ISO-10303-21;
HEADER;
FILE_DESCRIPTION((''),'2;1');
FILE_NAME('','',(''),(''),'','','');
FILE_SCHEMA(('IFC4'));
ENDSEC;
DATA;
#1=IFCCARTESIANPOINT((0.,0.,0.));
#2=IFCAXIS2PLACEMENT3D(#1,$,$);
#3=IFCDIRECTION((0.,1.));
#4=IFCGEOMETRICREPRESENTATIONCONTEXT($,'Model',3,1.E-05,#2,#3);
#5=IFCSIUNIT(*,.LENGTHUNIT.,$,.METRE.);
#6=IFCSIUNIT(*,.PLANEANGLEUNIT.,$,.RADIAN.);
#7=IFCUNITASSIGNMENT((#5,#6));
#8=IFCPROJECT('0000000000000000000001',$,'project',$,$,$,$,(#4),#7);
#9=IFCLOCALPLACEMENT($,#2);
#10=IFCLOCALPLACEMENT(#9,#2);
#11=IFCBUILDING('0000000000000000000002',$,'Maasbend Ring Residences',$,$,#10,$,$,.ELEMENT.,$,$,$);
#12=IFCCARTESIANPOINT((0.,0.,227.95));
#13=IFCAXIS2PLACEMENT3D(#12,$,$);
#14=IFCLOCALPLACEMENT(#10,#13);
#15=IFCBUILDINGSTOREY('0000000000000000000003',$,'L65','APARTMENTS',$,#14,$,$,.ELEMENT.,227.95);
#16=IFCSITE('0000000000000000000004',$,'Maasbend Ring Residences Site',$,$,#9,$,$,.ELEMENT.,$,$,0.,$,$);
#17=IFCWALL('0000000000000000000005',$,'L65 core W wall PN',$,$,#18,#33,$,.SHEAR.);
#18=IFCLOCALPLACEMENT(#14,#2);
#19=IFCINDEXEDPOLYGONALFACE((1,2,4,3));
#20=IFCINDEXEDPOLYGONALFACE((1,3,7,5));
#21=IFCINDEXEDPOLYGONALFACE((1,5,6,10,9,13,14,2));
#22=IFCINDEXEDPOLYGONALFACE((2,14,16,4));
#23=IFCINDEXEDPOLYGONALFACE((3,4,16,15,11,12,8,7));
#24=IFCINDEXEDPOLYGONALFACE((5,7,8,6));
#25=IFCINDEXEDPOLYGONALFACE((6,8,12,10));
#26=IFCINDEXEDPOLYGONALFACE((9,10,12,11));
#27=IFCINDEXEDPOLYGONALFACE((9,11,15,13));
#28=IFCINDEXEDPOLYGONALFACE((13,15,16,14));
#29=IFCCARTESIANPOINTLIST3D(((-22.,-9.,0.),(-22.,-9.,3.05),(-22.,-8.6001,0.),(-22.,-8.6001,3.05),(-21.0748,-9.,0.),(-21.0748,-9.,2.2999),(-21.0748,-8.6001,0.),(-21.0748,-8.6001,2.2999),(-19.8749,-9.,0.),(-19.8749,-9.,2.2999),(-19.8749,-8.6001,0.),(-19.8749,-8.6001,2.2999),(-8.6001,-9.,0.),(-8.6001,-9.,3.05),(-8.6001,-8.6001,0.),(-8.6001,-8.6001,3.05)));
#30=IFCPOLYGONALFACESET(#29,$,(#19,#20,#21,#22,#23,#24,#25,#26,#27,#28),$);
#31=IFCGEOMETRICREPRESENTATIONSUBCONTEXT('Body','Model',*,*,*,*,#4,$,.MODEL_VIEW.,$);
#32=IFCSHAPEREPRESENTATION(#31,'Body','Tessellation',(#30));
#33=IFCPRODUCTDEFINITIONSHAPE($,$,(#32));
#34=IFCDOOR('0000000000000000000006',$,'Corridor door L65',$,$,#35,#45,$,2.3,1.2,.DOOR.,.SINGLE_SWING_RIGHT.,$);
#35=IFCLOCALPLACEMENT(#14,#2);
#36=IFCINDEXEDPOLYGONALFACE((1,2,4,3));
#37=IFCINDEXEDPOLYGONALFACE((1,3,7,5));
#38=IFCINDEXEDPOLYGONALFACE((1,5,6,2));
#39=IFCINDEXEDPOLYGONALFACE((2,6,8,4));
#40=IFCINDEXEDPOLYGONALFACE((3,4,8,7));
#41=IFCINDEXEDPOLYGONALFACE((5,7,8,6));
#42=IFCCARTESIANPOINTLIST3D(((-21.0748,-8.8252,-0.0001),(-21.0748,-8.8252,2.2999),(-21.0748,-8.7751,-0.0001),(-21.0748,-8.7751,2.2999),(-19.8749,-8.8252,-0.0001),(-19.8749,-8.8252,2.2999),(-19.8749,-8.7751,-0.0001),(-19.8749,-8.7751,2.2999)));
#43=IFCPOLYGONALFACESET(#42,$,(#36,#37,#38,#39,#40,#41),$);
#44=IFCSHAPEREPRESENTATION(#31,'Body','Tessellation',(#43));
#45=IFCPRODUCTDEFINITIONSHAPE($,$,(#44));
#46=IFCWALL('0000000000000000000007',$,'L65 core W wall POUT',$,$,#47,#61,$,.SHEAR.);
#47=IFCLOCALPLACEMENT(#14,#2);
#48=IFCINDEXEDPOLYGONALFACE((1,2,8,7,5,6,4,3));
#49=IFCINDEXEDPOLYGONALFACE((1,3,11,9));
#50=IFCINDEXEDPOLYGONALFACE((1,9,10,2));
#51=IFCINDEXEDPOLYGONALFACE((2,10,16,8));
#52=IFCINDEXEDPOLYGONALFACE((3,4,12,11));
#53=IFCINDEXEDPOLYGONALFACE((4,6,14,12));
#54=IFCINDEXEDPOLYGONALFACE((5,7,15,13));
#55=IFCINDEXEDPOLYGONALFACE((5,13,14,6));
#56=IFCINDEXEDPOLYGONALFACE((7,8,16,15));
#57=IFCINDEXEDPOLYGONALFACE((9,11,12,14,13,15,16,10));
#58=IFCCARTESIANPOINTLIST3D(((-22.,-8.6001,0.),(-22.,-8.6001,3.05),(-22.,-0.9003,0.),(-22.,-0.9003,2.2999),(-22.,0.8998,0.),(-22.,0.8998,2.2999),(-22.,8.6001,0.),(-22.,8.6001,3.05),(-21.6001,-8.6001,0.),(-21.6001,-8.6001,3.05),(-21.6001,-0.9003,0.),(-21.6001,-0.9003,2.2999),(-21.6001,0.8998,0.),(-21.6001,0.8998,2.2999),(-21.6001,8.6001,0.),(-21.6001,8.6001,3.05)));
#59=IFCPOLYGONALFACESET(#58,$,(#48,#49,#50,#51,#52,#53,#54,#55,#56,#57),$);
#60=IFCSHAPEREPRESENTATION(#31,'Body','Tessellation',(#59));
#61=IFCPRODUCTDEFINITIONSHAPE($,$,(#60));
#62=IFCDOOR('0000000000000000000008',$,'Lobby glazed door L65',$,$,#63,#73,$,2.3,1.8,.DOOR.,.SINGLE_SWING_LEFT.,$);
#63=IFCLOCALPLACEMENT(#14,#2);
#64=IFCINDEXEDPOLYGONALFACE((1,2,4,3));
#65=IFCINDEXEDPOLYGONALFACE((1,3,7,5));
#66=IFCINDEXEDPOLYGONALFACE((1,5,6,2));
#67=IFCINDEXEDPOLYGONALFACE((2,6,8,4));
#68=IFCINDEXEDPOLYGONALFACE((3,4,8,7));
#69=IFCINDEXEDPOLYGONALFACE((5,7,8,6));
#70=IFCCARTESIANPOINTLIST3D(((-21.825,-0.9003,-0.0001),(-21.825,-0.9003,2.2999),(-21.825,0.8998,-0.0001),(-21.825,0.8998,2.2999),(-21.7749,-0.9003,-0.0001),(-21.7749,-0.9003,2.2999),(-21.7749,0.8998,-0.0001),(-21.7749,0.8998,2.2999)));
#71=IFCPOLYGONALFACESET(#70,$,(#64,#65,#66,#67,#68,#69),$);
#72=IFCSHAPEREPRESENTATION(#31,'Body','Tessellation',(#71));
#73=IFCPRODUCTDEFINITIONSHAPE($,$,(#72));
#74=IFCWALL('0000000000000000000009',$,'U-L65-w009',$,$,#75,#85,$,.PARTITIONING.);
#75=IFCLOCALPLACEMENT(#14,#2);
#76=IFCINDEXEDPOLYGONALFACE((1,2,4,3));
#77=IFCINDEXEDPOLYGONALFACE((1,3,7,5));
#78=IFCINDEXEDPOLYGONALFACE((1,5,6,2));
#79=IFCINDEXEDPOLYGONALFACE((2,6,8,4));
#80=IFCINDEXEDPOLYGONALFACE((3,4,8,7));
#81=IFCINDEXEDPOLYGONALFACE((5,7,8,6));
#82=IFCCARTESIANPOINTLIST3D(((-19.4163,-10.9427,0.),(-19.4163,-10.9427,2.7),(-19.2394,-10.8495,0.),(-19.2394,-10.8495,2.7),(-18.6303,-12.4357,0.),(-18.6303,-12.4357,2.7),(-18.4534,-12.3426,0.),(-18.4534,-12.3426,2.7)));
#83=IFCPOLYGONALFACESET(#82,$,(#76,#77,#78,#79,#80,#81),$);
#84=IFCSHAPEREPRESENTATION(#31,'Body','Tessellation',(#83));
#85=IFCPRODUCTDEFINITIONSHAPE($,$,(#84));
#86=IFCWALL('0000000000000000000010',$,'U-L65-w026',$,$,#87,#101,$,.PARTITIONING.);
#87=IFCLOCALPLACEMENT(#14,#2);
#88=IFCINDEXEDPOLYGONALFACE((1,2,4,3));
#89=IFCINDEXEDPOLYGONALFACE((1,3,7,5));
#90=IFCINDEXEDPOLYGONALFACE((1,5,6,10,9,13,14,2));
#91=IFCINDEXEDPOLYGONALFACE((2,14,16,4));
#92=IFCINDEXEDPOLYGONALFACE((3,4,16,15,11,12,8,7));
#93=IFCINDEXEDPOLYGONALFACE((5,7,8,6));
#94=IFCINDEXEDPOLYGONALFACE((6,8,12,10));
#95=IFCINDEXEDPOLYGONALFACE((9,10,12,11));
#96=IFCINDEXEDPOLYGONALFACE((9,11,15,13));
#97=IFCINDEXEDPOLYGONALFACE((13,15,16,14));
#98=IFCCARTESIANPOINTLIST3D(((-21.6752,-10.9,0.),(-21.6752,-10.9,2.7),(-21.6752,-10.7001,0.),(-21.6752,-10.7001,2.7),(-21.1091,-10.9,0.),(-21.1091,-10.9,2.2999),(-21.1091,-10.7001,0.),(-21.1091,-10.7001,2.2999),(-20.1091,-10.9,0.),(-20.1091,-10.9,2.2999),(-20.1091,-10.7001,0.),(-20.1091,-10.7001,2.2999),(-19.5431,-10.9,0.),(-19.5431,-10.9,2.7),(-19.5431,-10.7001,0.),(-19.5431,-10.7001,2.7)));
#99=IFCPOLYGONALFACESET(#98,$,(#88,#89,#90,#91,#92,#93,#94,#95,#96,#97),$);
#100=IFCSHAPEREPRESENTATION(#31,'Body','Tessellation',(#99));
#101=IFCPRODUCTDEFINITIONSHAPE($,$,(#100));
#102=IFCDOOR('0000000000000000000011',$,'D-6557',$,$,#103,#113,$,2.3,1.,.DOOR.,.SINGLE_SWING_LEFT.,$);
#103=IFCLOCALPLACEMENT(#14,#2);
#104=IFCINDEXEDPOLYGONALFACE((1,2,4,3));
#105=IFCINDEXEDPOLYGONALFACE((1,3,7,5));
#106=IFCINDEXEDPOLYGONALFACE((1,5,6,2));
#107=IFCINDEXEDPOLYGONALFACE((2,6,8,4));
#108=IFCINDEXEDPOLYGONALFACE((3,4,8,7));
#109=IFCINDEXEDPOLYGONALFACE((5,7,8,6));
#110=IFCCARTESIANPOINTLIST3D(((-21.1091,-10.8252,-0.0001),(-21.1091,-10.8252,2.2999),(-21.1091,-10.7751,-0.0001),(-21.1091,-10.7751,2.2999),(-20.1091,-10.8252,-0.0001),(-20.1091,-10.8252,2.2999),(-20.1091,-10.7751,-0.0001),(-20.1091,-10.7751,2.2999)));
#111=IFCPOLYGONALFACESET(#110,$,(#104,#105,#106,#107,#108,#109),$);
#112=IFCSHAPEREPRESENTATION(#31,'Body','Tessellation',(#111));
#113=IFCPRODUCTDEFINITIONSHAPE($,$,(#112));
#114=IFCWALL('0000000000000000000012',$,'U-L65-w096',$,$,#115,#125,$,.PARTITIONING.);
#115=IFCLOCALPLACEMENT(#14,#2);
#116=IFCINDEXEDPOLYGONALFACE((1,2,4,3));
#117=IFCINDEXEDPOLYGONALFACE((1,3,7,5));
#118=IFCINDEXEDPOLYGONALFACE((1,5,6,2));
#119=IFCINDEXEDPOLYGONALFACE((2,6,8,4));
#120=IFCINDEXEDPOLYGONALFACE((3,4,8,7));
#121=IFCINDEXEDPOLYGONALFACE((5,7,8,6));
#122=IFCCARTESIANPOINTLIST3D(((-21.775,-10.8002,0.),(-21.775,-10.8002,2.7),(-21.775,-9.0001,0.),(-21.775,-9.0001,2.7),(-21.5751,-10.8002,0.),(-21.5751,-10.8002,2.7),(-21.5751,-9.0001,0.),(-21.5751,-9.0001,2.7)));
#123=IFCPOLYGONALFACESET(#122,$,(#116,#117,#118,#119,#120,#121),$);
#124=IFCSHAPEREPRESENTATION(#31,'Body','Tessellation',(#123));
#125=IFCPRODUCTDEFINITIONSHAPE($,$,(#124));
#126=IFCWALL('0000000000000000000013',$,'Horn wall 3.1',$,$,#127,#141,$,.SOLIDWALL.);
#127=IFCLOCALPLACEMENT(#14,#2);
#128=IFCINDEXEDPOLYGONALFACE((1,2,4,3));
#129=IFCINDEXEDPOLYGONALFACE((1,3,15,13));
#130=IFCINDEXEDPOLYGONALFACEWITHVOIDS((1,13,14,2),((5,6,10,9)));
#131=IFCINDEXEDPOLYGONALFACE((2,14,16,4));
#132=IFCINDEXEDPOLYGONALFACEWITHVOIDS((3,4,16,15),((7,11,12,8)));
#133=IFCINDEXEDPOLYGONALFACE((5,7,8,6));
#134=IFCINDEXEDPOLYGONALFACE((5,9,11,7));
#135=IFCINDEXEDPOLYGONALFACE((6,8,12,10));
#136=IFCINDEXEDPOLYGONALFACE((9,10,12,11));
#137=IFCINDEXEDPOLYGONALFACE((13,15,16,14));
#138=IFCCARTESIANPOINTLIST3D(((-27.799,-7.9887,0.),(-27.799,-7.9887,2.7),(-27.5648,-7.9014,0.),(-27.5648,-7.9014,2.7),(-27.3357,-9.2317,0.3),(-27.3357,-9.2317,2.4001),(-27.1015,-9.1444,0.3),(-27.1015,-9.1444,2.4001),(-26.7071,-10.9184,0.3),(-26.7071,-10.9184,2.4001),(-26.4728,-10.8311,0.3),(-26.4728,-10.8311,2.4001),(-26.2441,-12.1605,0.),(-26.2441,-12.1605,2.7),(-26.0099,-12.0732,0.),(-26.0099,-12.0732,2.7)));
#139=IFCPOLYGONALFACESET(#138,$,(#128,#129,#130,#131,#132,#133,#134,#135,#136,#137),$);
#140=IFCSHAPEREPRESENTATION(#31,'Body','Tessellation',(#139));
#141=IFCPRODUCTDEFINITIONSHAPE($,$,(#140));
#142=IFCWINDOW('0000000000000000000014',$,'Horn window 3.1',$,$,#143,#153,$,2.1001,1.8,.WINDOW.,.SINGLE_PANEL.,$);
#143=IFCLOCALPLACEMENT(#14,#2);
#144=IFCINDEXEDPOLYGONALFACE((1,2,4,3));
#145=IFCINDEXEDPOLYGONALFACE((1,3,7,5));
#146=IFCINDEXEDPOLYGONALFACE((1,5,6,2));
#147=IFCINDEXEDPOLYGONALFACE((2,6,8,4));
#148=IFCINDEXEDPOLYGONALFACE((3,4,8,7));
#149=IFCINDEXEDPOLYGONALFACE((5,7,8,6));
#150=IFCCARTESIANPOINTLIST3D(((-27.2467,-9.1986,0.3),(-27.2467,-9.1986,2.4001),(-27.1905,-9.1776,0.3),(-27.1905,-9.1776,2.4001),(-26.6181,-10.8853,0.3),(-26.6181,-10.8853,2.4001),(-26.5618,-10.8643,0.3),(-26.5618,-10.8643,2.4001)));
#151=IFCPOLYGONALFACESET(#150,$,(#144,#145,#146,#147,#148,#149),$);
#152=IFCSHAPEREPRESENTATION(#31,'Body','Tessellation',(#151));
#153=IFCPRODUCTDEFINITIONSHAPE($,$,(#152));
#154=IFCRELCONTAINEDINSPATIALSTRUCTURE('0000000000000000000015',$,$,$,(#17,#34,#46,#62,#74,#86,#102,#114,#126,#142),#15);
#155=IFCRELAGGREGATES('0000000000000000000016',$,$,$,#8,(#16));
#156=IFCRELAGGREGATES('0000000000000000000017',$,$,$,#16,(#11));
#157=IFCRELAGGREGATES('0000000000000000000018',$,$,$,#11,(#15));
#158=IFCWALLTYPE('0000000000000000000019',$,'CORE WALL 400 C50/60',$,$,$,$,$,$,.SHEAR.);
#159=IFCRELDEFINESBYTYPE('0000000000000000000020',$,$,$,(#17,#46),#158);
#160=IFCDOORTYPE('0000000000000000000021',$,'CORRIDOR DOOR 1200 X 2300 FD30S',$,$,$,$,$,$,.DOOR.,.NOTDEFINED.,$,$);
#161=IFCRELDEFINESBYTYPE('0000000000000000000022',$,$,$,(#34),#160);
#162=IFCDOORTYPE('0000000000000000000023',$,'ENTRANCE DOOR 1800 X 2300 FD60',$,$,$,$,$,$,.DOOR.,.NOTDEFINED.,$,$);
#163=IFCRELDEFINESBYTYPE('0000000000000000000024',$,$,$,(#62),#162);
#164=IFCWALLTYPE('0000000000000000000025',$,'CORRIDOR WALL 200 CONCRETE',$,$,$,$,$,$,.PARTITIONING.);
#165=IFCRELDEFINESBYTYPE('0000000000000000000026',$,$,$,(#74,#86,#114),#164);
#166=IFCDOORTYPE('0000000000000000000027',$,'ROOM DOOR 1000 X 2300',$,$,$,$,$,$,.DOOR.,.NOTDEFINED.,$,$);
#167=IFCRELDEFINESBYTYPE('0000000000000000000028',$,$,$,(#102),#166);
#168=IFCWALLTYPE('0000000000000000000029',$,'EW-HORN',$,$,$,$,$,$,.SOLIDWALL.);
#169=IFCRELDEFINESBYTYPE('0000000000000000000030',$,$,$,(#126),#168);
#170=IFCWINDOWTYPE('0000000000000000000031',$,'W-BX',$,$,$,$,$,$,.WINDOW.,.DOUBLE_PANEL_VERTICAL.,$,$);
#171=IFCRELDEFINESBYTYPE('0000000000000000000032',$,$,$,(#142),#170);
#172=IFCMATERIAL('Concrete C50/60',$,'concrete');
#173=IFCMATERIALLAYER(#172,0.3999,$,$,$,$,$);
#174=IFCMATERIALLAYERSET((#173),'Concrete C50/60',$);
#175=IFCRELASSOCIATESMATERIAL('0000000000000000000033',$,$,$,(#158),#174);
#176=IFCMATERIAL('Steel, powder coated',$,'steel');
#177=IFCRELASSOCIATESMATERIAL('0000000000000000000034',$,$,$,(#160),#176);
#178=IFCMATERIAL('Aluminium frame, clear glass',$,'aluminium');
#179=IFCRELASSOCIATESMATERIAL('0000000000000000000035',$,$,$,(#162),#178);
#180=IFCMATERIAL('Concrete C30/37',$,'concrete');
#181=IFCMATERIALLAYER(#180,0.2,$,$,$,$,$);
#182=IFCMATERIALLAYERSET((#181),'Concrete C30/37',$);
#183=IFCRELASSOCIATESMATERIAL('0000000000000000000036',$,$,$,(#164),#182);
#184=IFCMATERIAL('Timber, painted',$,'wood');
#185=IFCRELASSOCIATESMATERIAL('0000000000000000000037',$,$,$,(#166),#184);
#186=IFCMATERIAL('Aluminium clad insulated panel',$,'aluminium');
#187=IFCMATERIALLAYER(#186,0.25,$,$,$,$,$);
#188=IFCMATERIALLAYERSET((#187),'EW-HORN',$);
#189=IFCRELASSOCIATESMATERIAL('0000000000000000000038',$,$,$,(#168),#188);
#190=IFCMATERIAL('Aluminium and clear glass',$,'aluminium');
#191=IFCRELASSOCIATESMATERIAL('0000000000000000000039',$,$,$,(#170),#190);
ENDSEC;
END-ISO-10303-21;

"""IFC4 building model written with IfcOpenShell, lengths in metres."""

from ifc_helpers import new_model, si_unit, direction, frame, frame_2d, origin, place, context, subcontext, project, spatial, rectangle, extrude, material, layer, layer_set, type_object, element, fill, save


model = new_model("IFC4")

# Units and contexts
model_context = context("Model", 3, precision=1e-05, world=origin(), true_north=direction((0.0, 1.0)))
body_context = subcontext(model_context, "Body", "Model", "MODEL_VIEW")
ifc_project = project(units=[si_unit("LENGTHUNIT", "METRE"), si_unit("PLANEANGLEUNIT", "RADIAN")], contexts=[model_context])

# Site, building, storey
site_placement = place(None, origin())
site = spatial("IfcSite", under=ifc_project, at=site_placement, Name="Maasbend Ring Residences Site", CompositionType="ELEMENT", RefElevation=0.0)
building_placement = place(site_placement, origin())
building = spatial("IfcBuilding", under=site, at=building_placement, Name="Maasbend Ring Residences", CompositionType="ELEMENT")
storey_placement = place(building_placement, frame((0.0, 0.0, 227.95)))
storey = spatial("IfcBuildingStorey", under=building, at=storey_placement, Name="L65", Description="APARTMENTS", CompositionType="ELEMENT", Elevation=227.95)

# Walls, openings, doors
ifc_material_1 = material(Name="Concrete C50/60", Category="concrete")
ifc_layer_1 = layer(ifc_material_1, 0.3999)
ifc_layer_set_1 = layer_set([ifc_layer_1], Name="Concrete C50/60")
wall_type_1 = type_object("IfcWallType", Name="CORE WALL 400 C50/60", PredefinedType="SHEAR", material=ifc_layer_set_1)
wall_1_placement = place(storey_placement, frame((-22.0, -8.8, 0.0), z_axis=(0.0, 0.0, 1.0), x_axis=(1.0, 0.0, 0.0)))
wall_1 = element("IfcWall", 1, at=wall_1_placement, inside=storey, type_object=wall_type_1, Name="L65 core W wall PN", PredefinedType="SHEAR", context=body_context, shape_type="SweptSolid", body=[
    extrude(rectangle(XDim=13.3999, YDim=0.3999, at=frame_2d((6.7, 0.0))), origin(), (0.0, 0.0, 1.0), 3.05),
])
opening_1_placement = place(wall_1_placement, frame((0.925, 0.0, 0.0)))
opening_1 = element("IfcOpeningElement", 2, at=opening_1_placement, cuts=wall_1, PredefinedType="OPENING", context=body_context, shape_type="SweptSolid", body=[
    extrude(rectangle(XDim=1.2, YDim=2.3, at=frame_2d((0.6001, 1.1499))), frame((0.0, 0.21, 0.0), z_axis=(0.0, -1.0, 0.0), x_axis=(1.0, 0.0, 0.0)), (0.0, 0.0, 1.0), 0.4199),
])
ifc_material_2 = material(Name="Steel, powder coated", Category="steel")
door_type_1 = type_object("IfcDoorType", Name="CORRIDOR DOOR 1200 X 2300 FD30S", OperationType="NOTDEFINED", PredefinedType="DOOR", material=ifc_material_2)
door_1_placement = place(opening_1_placement, origin())
door_1 = element("IfcDoor", 3, at=door_1_placement, inside=storey, type_object=door_type_1, Name="Corridor door L65", OperationType="SINGLE_SWING_RIGHT", OverallHeight=2.3, OverallWidth=1.2, PredefinedType="DOOR", context=body_context, shape_type="SweptSolid", body=[
    extrude(rectangle(XDim=1.2, YDim=2.3, at=frame_2d((0.6001, 1.1499))), frame((0.0, 0.0249, 0.0), z_axis=(0.0, -1.0, 0.0), x_axis=(1.0, 0.0, 0.0)), (0.0, 0.0, 1.0), 0.05),
])
fill(opening_1, door_1)
wall_2_placement = place(storey_placement, frame((-21.8, -8.6001, 0.0), z_axis=(0.0, 0.0, 1.0), x_axis=(0.0, 1.0, 0.0)))
wall_2 = element("IfcWall", 4, at=wall_2_placement, inside=storey, type_object=wall_type_1, Name="L65 core W wall POUT", PredefinedType="SHEAR", context=body_context, shape_type="SweptSolid", body=[
    extrude(rectangle(XDim=17.2002, YDim=0.3999, at=frame_2d((8.6001, 0.0))), origin(), (0.0, 0.0, 1.0), 3.05),
])
opening_2_placement = place(wall_2_placement, frame((7.7, 0.0, 0.0)))
opening_2 = element("IfcOpeningElement", 5, at=opening_2_placement, cuts=wall_2, PredefinedType="OPENING", context=body_context, shape_type="SweptSolid", body=[
    extrude(rectangle(XDim=1.8, YDim=2.3, at=frame_2d((0.8999, 1.1499))), frame((0.0, 0.21, 0.0), z_axis=(0.0, -1.0, 0.0), x_axis=(1.0, 0.0, 0.0)), (0.0, 0.0, 1.0), 0.4199),
])
ifc_material_3 = material(Name="Aluminium frame, clear glass", Category="aluminium")
door_type_2 = type_object("IfcDoorType", Name="ENTRANCE DOOR 1800 X 2300 FD60", OperationType="NOTDEFINED", PredefinedType="DOOR", material=ifc_material_3)
door_2_placement = place(opening_2_placement, origin())
door_2 = element("IfcDoor", 6, at=door_2_placement, inside=storey, type_object=door_type_2, Name="Lobby glazed door L65", OperationType="SINGLE_SWING_LEFT", OverallHeight=2.3, OverallWidth=1.8, PredefinedType="DOOR", context=body_context, shape_type="SweptSolid", body=[
    extrude(rectangle(XDim=1.8, YDim=2.3, at=frame_2d((0.8999, 1.1499))), frame((0.0, 0.0249, 0.0), z_axis=(0.0, -1.0, 0.0), x_axis=(1.0, 0.0, 0.0)), (0.0, 0.0, 1.0), 0.05),
])
fill(opening_2, door_2)

# Wall
ifc_material_4 = material(Name="Concrete C30/37", Category="concrete")
ifc_layer_2 = layer(ifc_material_4, 0.2)
ifc_layer_set_2 = layer_set([ifc_layer_2], Name="Concrete C30/37")
wall_type_2 = type_object("IfcWallType", Name="CORRIDOR WALL 200 CONCRETE", PredefinedType="PARTITIONING", material=ifc_layer_set_2)
wall_3_placement = place(storey_placement, frame((-19.3279, -10.896, 0.0), z_axis=(0.0, 0.0, 1.0), x_axis=(0.465812, -0.884884, 0.0)))
element("IfcWall", 7, at=wall_3_placement, inside=storey, type_object=wall_type_2, Name="U-L65-w009", PredefinedType="PARTITIONING", context=body_context, shape_type="SweptSolid", body=[
    extrude(rectangle(XDim=1.6873, YDim=0.2, at=frame_2d((0.8438, 0.0))), origin(), (0.0, 0.0, 1.0), 2.7),
])

# Wall, opening, door
wall_4_placement = place(storey_placement, frame((-21.675, -10.8, 0.0), z_axis=(0.0, 0.0, 1.0), x_axis=(1.0, 0.0, 0.0)))
wall_4 = element("IfcWall", 8, at=wall_4_placement, inside=storey, type_object=wall_type_2, Name="U-L65-w026", PredefinedType="PARTITIONING", context=body_context, shape_type="SweptSolid", body=[
    extrude(rectangle(XDim=2.1321, YDim=0.2, at=frame_2d((1.0659, 0.0))), origin(), (0.0, 0.0, 1.0), 2.7),
])
opening_3_placement = place(wall_4_placement, frame((0.5659, 0.0, 0.0)))
opening_3 = element("IfcOpeningElement", 9, at=opening_3_placement, cuts=wall_4, PredefinedType="OPENING", context=body_context, shape_type="SweptSolid", body=[
    extrude(rectangle(XDim=1.0, YDim=2.3, at=frame_2d((0.5, 1.1499))), frame((0.0, 0.1099, 0.0), z_axis=(0.0, -1.0, 0.0), x_axis=(1.0, 0.0, 0.0)), (0.0, 0.0, 1.0), 0.22),
])
ifc_material_5 = material(Name="Timber, painted", Category="wood")
door_type_3 = type_object("IfcDoorType", Name="ROOM DOOR 1000 X 2300", OperationType="NOTDEFINED", PredefinedType="DOOR", material=ifc_material_5)
door_3_placement = place(opening_3_placement, origin())
door_3 = element("IfcDoor", 10, at=door_3_placement, inside=storey, type_object=door_type_3, Name="D-6557", OperationType="SINGLE_SWING_LEFT", OverallHeight=2.3, OverallWidth=1.0, PredefinedType="DOOR", context=body_context, shape_type="SweptSolid", body=[
    extrude(rectangle(XDim=1.0, YDim=2.3, at=frame_2d((0.5, 1.1499))), frame((0.0, 0.0249, 0.0), z_axis=(0.0, -1.0, 0.0), x_axis=(1.0, 0.0, 0.0)), (0.0, 0.0, 1.0), 0.05),
])
fill(opening_3, door_3)

# Wall
wall_5_placement = place(storey_placement, frame((-21.675, -10.8, 0.0), z_axis=(0.0, 0.0, 1.0), x_axis=(0.0, 1.0, 0.0)))
element("IfcWall", 11, at=wall_5_placement, inside=storey, type_object=wall_type_2, Name="U-L65-w096", PredefinedType="PARTITIONING", context=body_context, shape_type="SweptSolid", body=[
    extrude(rectangle(XDim=1.8, YDim=0.2, at=frame_2d((0.8999, 0.0))), origin(), (0.0, 0.0, 1.0), 2.7),
])

# Wall, opening, window
ifc_material_6 = material(Name="Aluminium clad insulated panel", Category="aluminium")
ifc_layer_3 = layer(ifc_material_6, 0.25)
ifc_layer_set_3 = layer_set([ifc_layer_3], Name="EW-HORN")
wall_type_3 = type_object("IfcWallType", Name="EW-HORN", PredefinedType="SOLIDWALL", material=ifc_layer_set_3)
wall_6_placement = place(storey_placement, frame((-27.6819, -7.9451, 0.0), z_axis=(0.0, 0.0, 1.0), x_axis=(0.349248, -0.93703, 0.0)))
wall_6 = element("IfcWall", 12, at=wall_6_placement, inside=storey, type_object=wall_type_3, Name="Horn wall 3.1", PredefinedType="SOLIDWALL", context=body_context, shape_type="SweptSolid", body=[
    extrude(rectangle(XDim=4.4521, YDim=0.25, at=frame_2d((2.2261, 0.0))), origin(), (0.0, 0.0, 1.0), 2.7),
])
opening_4_placement = place(wall_6_placement, frame((1.3267, 0.0, 0.3)))
opening_4 = element("IfcOpeningElement", 13, at=opening_4_placement, cuts=wall_6, PredefinedType="OPENING", context=body_context, shape_type="SweptSolid", body=[
    extrude(rectangle(XDim=1.8, YDim=2.1001, at=frame_2d((0.8999, 1.05))), frame((0.0, 0.135, 0.0), z_axis=(0.0, -1.0, 0.0), x_axis=(1.0, 0.0, 0.0)), (0.0, 0.0, 1.0), 0.27),
])
ifc_material_7 = material(Name="Aluminium and clear glass", Category="aluminium")
window_type_1 = type_object("IfcWindowType", Name="W-BX", PartitioningType="DOUBLE_PANEL_VERTICAL", PredefinedType="WINDOW", material=ifc_material_7)
window_1_placement = place(opening_4_placement, origin())
window_1 = element("IfcWindow", 14, at=window_1_placement, inside=storey, type_object=window_type_1, Name="Horn window 3.1", OverallHeight=2.1001, OverallWidth=1.8, PartitioningType="SINGLE_PANEL", PredefinedType="WINDOW", context=body_context, shape_type="SweptSolid", body=[
    extrude(rectangle(XDim=1.8, YDim=2.1001, at=frame_2d((0.8999, 1.05))), frame((0.0, 0.03, 0.0), z_axis=(0.0, -1.0, 0.0), x_axis=(1.0, 0.0, 0.0)), (0.0, 0.0, 1.0), 0.0601),
])
fill(opening_4, window_1)

save(model, "model.ifc")
